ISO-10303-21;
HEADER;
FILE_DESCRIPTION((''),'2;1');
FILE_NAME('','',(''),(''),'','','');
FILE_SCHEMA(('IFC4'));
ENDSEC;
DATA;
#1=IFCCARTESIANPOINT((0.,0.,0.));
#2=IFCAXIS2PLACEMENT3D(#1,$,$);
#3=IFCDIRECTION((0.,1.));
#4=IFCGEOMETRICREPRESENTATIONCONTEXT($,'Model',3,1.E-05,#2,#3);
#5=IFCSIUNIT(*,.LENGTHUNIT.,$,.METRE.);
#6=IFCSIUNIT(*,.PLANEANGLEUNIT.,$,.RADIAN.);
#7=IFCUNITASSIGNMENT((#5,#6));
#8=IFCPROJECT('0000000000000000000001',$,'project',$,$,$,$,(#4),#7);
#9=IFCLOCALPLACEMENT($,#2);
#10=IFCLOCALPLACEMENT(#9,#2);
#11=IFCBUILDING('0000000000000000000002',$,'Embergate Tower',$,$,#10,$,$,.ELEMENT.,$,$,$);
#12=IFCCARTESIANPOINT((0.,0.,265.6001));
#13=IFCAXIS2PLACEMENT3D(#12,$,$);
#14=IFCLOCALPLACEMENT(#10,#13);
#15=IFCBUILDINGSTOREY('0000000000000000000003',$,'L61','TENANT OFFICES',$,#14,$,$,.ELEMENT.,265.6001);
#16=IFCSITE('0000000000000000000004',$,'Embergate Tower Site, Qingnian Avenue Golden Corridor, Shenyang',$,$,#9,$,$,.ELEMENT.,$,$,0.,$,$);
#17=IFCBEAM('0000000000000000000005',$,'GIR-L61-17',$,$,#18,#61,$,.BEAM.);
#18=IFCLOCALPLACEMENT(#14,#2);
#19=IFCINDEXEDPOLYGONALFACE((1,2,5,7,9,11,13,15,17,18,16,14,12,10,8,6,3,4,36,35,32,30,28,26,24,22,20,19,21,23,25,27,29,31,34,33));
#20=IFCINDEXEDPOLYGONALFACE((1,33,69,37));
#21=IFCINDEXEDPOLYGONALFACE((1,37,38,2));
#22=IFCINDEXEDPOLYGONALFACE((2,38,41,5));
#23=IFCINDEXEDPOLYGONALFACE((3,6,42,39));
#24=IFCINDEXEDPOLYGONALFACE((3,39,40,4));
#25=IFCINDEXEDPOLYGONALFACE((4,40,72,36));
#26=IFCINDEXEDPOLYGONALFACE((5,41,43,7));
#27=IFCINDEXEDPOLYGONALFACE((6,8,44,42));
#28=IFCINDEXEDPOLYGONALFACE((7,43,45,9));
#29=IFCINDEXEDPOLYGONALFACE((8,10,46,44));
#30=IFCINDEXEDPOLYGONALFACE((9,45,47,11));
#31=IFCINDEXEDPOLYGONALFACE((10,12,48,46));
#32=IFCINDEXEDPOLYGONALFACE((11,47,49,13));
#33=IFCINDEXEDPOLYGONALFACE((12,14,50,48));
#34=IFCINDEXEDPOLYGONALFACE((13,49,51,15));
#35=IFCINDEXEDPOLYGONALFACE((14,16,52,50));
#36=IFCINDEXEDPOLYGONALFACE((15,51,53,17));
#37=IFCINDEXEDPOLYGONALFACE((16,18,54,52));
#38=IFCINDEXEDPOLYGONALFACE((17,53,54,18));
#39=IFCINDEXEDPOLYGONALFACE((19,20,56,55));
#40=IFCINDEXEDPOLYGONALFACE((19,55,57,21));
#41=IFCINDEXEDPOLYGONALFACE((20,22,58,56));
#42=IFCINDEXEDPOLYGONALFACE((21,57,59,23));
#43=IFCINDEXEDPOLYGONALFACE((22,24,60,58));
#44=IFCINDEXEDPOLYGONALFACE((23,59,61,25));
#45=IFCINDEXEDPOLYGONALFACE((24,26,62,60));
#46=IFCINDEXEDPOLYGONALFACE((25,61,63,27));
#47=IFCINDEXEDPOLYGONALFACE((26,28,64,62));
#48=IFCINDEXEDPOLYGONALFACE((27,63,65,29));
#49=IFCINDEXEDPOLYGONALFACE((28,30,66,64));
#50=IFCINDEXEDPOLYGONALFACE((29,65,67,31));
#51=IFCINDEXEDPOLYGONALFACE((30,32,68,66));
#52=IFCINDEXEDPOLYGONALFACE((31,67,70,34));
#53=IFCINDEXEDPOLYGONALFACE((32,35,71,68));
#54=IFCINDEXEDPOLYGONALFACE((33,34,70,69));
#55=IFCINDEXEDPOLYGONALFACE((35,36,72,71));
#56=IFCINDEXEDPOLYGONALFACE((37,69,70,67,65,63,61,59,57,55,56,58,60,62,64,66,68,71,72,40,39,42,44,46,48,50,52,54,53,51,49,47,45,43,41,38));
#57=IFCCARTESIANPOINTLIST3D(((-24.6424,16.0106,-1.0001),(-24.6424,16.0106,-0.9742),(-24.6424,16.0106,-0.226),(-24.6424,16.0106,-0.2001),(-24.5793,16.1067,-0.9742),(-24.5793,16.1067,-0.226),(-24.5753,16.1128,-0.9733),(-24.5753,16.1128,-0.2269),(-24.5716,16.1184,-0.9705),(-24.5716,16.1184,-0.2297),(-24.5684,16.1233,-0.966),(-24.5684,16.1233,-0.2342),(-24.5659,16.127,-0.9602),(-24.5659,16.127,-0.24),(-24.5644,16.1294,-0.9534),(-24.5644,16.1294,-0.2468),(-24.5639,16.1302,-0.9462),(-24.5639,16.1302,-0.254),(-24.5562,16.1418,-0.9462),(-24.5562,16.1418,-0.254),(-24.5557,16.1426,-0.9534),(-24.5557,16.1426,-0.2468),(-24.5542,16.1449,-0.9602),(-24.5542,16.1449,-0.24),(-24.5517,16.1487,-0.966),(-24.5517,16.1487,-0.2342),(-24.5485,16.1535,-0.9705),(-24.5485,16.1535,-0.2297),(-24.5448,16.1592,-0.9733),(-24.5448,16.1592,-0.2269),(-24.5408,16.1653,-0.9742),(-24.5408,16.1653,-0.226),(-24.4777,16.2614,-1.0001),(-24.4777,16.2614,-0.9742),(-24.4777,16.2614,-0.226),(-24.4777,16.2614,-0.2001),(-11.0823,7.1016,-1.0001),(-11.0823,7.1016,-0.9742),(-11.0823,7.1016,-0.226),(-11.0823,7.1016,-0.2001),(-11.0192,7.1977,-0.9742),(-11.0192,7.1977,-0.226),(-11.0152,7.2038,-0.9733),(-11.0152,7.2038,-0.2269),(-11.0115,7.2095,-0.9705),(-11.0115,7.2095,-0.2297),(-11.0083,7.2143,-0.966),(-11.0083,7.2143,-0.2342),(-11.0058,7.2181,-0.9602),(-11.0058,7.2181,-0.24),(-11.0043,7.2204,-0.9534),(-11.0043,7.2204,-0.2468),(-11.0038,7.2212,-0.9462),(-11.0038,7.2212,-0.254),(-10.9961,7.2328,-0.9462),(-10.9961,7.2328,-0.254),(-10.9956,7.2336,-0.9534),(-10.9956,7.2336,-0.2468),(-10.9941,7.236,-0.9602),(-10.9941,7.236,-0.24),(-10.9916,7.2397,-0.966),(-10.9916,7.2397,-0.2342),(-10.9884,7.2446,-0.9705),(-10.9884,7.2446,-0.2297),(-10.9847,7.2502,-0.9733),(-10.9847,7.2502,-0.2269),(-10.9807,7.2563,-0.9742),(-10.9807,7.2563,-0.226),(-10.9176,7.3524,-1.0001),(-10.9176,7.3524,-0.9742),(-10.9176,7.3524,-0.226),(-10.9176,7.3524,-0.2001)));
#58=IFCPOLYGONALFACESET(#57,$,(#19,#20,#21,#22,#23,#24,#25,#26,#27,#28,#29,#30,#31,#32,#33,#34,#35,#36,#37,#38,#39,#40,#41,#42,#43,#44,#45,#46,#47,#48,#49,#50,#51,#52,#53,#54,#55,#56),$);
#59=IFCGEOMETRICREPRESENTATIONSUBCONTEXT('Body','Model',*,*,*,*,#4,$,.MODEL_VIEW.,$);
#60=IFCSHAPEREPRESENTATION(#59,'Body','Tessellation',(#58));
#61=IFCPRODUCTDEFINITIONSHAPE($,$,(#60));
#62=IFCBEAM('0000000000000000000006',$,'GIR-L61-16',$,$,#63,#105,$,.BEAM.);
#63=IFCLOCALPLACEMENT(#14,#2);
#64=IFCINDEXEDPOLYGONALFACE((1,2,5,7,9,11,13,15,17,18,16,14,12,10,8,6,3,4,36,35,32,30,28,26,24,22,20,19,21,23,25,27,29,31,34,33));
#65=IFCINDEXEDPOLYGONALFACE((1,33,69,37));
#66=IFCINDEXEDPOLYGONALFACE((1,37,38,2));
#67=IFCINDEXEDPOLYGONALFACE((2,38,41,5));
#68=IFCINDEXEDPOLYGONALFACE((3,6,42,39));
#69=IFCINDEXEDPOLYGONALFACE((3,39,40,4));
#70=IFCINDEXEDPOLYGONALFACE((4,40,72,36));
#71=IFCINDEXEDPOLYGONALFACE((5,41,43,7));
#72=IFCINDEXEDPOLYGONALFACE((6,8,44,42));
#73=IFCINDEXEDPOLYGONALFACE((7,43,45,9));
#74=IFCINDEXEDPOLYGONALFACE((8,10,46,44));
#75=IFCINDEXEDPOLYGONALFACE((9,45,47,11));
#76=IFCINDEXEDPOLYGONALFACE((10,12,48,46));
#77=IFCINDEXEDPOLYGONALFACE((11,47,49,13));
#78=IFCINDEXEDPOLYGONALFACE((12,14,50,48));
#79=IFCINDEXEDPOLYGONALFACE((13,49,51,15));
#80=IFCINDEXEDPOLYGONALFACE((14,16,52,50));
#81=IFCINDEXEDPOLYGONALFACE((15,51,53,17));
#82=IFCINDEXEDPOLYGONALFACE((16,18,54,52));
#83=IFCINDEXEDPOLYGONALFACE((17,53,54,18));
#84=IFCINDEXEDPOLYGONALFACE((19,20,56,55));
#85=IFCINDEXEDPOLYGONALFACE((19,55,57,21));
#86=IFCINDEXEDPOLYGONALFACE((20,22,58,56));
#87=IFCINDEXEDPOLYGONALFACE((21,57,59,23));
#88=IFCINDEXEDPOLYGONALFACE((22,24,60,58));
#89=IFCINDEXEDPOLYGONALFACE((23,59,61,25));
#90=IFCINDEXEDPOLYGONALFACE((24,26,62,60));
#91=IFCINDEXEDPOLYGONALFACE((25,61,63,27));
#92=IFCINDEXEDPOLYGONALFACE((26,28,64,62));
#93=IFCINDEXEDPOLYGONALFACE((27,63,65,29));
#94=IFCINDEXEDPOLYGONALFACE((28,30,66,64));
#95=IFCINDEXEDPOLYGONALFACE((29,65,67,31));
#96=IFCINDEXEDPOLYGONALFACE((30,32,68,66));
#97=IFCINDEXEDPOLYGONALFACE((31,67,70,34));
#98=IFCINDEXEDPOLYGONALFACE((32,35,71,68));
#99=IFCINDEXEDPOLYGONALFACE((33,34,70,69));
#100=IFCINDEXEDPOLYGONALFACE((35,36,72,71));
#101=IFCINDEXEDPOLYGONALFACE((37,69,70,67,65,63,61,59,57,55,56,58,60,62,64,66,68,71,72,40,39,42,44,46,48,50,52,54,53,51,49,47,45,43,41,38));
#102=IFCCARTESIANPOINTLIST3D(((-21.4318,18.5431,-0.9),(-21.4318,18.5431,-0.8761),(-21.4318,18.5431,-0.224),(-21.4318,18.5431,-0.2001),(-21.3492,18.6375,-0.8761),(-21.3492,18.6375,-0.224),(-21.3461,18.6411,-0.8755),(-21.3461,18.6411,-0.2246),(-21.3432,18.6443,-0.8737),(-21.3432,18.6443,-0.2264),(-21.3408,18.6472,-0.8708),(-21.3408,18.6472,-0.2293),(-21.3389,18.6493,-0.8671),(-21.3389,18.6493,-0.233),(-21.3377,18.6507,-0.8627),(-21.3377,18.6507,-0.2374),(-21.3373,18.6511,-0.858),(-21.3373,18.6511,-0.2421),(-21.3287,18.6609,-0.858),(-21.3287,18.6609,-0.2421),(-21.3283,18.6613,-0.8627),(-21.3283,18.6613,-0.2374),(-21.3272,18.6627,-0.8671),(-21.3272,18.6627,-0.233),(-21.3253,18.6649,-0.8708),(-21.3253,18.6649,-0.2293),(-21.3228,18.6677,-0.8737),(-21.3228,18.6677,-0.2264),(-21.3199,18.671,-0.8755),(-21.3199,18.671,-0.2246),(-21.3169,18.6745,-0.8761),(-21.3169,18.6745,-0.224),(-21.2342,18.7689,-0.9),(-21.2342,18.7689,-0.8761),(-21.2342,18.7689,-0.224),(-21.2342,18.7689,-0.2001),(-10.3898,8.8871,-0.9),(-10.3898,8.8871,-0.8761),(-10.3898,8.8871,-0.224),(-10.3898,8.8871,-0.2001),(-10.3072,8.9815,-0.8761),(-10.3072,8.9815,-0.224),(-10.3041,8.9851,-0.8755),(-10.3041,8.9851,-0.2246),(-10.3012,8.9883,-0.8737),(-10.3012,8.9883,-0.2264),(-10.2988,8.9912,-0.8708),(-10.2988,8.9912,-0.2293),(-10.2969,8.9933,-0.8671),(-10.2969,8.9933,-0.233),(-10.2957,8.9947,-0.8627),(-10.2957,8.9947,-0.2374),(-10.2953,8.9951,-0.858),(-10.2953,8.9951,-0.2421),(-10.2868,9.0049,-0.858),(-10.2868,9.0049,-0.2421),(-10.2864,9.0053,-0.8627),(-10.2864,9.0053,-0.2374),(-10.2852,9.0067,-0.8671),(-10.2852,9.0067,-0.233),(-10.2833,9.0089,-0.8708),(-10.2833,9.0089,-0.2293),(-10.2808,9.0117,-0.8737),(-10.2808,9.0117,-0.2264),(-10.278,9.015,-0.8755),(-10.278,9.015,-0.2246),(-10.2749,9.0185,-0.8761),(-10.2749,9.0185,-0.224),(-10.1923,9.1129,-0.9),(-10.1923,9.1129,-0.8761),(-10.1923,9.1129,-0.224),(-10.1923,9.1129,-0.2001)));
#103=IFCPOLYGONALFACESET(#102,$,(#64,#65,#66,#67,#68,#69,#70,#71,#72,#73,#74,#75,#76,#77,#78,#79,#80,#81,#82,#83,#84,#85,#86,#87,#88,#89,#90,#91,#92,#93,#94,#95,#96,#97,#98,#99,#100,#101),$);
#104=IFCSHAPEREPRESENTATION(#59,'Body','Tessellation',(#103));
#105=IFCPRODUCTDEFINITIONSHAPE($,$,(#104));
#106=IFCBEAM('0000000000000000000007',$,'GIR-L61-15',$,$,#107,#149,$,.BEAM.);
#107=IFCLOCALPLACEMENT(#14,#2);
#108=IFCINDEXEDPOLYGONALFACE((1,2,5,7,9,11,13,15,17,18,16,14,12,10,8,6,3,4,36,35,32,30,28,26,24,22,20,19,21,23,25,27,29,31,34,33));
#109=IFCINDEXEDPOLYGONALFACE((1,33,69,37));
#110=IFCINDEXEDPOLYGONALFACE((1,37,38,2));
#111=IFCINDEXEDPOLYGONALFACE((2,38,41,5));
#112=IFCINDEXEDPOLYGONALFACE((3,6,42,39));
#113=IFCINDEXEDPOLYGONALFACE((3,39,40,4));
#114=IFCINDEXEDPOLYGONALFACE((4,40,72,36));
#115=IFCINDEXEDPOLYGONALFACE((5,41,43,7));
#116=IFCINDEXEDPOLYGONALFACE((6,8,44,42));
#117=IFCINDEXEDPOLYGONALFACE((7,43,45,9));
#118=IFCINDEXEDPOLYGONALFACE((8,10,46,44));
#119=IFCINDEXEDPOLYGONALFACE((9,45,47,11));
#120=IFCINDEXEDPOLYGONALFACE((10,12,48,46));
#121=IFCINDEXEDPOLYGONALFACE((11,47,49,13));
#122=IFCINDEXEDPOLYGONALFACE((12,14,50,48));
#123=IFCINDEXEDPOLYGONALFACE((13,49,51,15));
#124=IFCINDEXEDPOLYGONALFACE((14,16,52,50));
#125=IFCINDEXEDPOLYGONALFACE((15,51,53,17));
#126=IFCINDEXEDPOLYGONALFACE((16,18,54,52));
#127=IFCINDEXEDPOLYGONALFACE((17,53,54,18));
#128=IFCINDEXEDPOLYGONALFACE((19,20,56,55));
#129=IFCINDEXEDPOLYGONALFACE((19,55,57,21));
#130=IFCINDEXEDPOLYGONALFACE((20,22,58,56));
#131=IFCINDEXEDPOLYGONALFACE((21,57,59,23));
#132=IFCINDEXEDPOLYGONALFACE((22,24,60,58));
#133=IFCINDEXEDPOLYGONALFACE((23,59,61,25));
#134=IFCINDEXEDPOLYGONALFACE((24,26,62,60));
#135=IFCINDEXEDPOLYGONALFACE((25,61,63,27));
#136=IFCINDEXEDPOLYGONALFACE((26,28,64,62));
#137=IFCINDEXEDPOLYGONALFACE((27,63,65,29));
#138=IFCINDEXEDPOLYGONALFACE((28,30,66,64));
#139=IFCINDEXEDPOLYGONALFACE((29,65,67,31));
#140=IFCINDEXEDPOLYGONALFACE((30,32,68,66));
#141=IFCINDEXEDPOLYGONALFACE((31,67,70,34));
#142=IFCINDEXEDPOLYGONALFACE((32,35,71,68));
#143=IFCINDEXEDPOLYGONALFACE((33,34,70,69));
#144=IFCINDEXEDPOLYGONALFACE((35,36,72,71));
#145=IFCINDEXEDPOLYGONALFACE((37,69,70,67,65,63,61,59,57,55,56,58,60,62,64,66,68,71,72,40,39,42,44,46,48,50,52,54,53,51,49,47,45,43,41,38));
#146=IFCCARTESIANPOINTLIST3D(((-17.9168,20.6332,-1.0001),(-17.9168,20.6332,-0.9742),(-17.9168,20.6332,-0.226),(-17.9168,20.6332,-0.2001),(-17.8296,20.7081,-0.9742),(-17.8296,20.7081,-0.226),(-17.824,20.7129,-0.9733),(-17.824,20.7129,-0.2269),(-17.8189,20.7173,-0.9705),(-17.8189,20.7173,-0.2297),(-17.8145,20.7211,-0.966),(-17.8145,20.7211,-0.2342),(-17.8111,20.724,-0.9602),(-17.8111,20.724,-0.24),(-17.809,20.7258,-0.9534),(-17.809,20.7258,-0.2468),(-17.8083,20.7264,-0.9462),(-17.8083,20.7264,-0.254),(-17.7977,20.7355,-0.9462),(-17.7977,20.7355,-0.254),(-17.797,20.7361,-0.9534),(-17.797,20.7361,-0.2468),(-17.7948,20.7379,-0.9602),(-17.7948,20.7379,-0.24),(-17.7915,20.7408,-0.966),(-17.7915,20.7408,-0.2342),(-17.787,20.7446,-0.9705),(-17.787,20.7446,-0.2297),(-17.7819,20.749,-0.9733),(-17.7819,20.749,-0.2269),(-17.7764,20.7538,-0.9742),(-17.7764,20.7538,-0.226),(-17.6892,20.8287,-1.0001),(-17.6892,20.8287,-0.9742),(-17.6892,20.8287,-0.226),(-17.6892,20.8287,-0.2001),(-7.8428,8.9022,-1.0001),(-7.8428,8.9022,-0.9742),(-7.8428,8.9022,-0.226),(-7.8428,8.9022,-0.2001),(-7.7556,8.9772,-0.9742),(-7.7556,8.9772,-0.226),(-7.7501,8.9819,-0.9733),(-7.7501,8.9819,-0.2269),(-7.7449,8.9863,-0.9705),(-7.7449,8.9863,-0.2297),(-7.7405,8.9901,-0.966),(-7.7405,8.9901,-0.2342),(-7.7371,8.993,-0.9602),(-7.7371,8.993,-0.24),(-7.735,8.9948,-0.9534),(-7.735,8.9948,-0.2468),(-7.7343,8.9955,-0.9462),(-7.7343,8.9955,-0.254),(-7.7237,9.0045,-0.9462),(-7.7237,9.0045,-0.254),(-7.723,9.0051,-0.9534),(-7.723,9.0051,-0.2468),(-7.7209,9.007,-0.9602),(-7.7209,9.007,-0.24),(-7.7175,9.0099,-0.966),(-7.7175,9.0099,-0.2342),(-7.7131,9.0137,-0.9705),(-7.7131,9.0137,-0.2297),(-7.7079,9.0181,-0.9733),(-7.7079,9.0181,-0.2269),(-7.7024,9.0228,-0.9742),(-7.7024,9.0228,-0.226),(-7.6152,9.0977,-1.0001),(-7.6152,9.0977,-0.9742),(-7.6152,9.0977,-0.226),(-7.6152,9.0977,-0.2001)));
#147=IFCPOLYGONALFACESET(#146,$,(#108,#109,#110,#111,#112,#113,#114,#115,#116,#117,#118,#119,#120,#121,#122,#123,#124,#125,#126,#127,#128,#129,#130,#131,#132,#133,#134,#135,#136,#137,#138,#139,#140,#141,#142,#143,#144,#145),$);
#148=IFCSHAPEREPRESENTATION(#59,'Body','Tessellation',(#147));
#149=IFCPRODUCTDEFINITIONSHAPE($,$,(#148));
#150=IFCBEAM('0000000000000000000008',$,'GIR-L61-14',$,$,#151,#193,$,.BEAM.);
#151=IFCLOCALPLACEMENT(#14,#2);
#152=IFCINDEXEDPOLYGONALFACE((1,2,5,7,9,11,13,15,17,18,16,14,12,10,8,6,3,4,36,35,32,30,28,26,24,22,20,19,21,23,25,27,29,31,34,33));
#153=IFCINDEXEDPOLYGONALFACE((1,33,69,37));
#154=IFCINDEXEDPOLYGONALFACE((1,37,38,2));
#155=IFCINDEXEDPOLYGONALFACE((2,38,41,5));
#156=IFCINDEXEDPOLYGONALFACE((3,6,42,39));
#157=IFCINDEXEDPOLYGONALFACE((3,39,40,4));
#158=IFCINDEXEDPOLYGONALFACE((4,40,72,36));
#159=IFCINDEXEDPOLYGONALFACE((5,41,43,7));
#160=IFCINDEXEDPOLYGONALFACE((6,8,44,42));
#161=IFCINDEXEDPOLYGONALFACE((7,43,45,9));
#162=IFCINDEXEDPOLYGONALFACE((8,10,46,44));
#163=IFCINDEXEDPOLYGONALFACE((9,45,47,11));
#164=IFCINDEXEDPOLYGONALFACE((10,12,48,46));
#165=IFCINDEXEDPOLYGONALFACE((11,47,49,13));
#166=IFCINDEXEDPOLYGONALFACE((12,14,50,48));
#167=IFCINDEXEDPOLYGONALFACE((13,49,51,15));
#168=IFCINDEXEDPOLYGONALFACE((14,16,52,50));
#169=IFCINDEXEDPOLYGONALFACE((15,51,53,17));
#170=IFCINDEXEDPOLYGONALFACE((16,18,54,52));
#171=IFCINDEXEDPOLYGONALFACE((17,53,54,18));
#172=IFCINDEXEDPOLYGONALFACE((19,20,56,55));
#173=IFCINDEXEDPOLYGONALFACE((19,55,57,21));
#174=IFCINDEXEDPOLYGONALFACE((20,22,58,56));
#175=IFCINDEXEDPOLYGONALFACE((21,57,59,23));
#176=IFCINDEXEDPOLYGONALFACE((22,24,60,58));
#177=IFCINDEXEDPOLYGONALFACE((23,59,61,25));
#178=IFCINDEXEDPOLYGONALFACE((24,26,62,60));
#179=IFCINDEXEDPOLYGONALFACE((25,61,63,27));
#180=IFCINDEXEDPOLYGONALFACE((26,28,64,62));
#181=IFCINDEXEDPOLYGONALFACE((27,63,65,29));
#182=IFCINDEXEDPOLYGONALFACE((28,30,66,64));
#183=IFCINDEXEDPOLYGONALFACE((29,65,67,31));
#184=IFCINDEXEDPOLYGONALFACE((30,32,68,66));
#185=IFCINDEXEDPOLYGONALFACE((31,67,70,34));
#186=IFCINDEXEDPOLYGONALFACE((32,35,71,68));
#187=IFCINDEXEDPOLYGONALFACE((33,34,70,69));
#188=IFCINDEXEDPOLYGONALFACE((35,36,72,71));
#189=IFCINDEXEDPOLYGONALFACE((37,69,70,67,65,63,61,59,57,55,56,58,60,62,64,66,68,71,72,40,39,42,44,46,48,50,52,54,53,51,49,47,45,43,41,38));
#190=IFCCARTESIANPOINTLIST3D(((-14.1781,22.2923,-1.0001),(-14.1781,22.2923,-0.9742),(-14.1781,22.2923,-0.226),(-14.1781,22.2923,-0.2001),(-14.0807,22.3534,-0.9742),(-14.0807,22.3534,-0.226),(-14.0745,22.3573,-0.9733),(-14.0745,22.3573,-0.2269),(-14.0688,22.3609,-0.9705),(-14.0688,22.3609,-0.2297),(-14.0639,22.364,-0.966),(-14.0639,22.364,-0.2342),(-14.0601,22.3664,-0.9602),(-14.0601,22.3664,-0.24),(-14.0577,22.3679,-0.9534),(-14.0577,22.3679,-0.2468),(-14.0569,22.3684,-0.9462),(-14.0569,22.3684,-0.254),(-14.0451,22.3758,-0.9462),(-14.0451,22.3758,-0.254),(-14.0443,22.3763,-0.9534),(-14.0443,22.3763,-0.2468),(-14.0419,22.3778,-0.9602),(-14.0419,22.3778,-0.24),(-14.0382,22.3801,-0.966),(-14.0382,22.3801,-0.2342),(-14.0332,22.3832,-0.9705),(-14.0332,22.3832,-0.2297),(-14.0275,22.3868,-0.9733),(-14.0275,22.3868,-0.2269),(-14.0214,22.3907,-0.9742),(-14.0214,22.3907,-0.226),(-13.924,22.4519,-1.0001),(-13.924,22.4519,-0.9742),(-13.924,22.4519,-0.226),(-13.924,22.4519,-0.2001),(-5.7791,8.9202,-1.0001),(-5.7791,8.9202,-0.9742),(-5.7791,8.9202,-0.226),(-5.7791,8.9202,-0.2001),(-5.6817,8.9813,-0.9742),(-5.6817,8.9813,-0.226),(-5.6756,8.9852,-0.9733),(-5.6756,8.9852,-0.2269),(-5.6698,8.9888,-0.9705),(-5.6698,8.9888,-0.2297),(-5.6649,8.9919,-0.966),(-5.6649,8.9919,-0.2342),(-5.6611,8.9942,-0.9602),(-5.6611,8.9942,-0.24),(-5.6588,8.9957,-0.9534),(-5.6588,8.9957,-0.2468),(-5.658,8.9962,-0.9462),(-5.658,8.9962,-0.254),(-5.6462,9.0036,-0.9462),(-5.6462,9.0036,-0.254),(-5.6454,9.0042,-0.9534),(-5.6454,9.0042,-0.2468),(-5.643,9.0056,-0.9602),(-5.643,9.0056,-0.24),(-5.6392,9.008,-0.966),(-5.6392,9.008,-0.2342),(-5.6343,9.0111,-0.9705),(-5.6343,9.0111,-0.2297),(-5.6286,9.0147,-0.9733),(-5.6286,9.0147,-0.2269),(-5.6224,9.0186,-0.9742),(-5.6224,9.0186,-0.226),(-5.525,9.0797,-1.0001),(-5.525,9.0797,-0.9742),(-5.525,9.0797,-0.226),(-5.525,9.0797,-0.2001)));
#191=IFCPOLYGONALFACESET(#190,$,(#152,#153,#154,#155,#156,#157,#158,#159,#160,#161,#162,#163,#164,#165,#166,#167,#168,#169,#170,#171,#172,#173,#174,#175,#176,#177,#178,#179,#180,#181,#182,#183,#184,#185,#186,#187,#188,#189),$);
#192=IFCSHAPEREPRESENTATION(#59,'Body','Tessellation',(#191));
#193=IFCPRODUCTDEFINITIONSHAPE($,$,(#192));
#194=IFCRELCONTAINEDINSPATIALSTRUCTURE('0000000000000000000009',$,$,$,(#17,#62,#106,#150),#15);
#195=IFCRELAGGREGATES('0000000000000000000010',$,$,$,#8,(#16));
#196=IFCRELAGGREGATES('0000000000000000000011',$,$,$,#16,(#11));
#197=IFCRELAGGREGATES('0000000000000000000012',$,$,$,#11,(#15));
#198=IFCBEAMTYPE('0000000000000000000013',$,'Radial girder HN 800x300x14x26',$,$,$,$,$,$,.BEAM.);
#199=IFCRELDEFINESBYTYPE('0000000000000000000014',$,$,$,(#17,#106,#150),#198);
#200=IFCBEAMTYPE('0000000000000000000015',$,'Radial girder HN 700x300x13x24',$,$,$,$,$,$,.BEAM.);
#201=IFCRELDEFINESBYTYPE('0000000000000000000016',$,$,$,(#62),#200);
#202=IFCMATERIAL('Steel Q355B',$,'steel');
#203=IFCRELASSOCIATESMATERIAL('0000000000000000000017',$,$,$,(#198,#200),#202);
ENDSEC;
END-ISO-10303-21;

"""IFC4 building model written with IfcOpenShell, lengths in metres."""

from ifc_helpers import new_model, si_unit, direction, frame, origin, origin_2d, place, context, subcontext, project, spatial, i_section, extrude, source, transform, mapped, material, material_profile, profile_set, type_object, element, save


model = new_model("IFC4")

# Units and contexts
model_context = context("Model", 3, precision=1e-05, world=origin(), true_north=direction((0.0, 1.0)))
body_context = subcontext(model_context, "Body", "Model", "MODEL_VIEW")
ifc_project = project(units=[si_unit("LENGTHUNIT", "METRE"), si_unit("PLANEANGLEUNIT", "RADIAN")], contexts=[model_context])

# Site, building, storey
site_placement = place(None, origin())
site = spatial("IfcSite", under=ifc_project, at=site_placement, Name="Embergate Tower Site, Qingnian Avenue Golden Corridor, Shenyang", CompositionType="ELEMENT", RefElevation=0.0)
building_placement = place(site_placement, origin())
building = spatial("IfcBuilding", under=site, at=building_placement, Name="Embergate Tower", CompositionType="ELEMENT")
storey_placement = place(building_placement, frame((0.0, 0.0, 265.6001)))
storey = spatial("IfcBuildingStorey", under=building, at=storey_placement, Name="L61", Description="TENANT OFFICES", CompositionType="ELEMENT", Elevation=265.6001)

# Beams
ifc_material_1 = material(Name="Steel Q355B", Category="steel")
ifc_material_profile_1 = material_profile(ifc_material_1, i_section(OverallWidth=0.3, OverallDepth=0.8, WebThickness=0.0139, FlangeThickness=0.0259, FilletRadius=0.0281, at=origin_2d()), Name="HN 800x300x14x26")
ifc_profile_set_1 = profile_set([ifc_material_profile_1], Name="Steel Q355 grade B")
beam_type_1 = type_object("IfcBeamType", Name="Radial girder HN 800x300x14x26", PredefinedType="BEAM", material=ifc_profile_set_1)
shared_shape_1 = source(origin(), body_context, "Body", "SweptSolid", [
    extrude(i_section(OverallWidth=0.3, OverallDepth=0.8, WebThickness=0.0139, FlangeThickness=0.0259, FilletRadius=0.0281, at=origin_2d()), origin(), (0.0, 0.0, 1.0), 16.2249),
])
beam_1_placement = place(storey_placement, frame((-24.5601, 16.136, -0.6001), z_axis=(0.835761, -0.549094, 0.0), x_axis=(0.549094, 0.835761, 0.0)))
element("IfcBeam", 1, at=beam_1_placement, inside=storey, type_object=beam_type_1, Name="GIR-L61-17", PredefinedType="BEAM", context=body_context, shape_type="MappedRepresentation", body=[
    mapped(shared_shape_1, transform((0.0, 0.0, 0.0))),
])
ifc_material_profile_2 = material_profile(ifc_material_1, i_section(OverallWidth=0.3, OverallDepth=0.7, WebThickness=0.0129, FlangeThickness=0.0239, FilletRadius=0.0181, at=origin_2d()), Name="HN 700x300x13x24")
ifc_profile_set_2 = profile_set([ifc_material_profile_2], Name="Steel Q355 grade B")
beam_type_2 = type_object("IfcBeamType", Name="Radial girder HN 700x300x13x24", PredefinedType="BEAM", material=ifc_profile_set_2)
shared_shape_2 = source(origin(), body_context, "Body", "SweptSolid", [
    extrude(i_section(OverallWidth=0.3, OverallDepth=0.7, WebThickness=0.0129, FlangeThickness=0.0239, FilletRadius=0.0181, at=origin_2d()), origin(), (0.0, 0.0, 1.0), 14.6685),
])
beam_2_placement = place(storey_placement, frame((-21.333, 18.656, -0.55), z_axis=(0.75277, -0.658283, 0.0), x_axis=(0.658283, 0.75277, 0.0)))
element("IfcBeam", 2, at=beam_2_placement, inside=storey, type_object=beam_type_2, Name="GIR-L61-16", PredefinedType="BEAM", context=body_context, shape_type="MappedRepresentation", body=[
    mapped(shared_shape_2, transform((0.0, 0.0, 0.0))),
])
shared_shape_3 = source(origin(), body_context, "Body", "SweptSolid", [
    extrude(i_section(OverallWidth=0.3, OverallDepth=0.8, WebThickness=0.0139, FlangeThickness=0.0259, FilletRadius=0.0281, at=origin_2d()), origin(), (0.0, 0.0, 1.0), 15.4629),
])
beam_3_placement = place(storey_placement, frame((-17.803, 20.731, -0.6001), z_axis=(0.651495, -0.758653, 0.0), x_axis=(0.758653, 0.651495, 0.0)))
element("IfcBeam", 3, at=beam_3_placement, inside=storey, type_object=beam_type_1, Name="GIR-L61-15", PredefinedType="BEAM", context=body_context, shape_type="MappedRepresentation", body=[
    mapped(shared_shape_3, transform((0.0, 0.0, 0.0))),
])
shared_shape_4 = source(origin(), body_context, "Body", "SweptSolid", [
    extrude(i_section(OverallWidth=0.3, OverallDepth=0.8, WebThickness=0.0139, FlangeThickness=0.0259, FilletRadius=0.0281, at=origin_2d()), origin(), (0.0, 0.0, 1.0), 15.791),
])
beam_4_placement = place(storey_placement, frame((-14.051, 22.3721, -0.6001), z_axis=(0.531882, -0.846818, 0.0), x_axis=(0.846818, 0.531882, 0.0)))
element("IfcBeam", 4, at=beam_4_placement, inside=storey, type_object=beam_type_1, Name="GIR-L61-14", PredefinedType="BEAM", context=body_context, shape_type="MappedRepresentation", body=[
    mapped(shared_shape_4, transform((0.0, 0.0, 0.0))),
])

save(model, "model.ifc")
